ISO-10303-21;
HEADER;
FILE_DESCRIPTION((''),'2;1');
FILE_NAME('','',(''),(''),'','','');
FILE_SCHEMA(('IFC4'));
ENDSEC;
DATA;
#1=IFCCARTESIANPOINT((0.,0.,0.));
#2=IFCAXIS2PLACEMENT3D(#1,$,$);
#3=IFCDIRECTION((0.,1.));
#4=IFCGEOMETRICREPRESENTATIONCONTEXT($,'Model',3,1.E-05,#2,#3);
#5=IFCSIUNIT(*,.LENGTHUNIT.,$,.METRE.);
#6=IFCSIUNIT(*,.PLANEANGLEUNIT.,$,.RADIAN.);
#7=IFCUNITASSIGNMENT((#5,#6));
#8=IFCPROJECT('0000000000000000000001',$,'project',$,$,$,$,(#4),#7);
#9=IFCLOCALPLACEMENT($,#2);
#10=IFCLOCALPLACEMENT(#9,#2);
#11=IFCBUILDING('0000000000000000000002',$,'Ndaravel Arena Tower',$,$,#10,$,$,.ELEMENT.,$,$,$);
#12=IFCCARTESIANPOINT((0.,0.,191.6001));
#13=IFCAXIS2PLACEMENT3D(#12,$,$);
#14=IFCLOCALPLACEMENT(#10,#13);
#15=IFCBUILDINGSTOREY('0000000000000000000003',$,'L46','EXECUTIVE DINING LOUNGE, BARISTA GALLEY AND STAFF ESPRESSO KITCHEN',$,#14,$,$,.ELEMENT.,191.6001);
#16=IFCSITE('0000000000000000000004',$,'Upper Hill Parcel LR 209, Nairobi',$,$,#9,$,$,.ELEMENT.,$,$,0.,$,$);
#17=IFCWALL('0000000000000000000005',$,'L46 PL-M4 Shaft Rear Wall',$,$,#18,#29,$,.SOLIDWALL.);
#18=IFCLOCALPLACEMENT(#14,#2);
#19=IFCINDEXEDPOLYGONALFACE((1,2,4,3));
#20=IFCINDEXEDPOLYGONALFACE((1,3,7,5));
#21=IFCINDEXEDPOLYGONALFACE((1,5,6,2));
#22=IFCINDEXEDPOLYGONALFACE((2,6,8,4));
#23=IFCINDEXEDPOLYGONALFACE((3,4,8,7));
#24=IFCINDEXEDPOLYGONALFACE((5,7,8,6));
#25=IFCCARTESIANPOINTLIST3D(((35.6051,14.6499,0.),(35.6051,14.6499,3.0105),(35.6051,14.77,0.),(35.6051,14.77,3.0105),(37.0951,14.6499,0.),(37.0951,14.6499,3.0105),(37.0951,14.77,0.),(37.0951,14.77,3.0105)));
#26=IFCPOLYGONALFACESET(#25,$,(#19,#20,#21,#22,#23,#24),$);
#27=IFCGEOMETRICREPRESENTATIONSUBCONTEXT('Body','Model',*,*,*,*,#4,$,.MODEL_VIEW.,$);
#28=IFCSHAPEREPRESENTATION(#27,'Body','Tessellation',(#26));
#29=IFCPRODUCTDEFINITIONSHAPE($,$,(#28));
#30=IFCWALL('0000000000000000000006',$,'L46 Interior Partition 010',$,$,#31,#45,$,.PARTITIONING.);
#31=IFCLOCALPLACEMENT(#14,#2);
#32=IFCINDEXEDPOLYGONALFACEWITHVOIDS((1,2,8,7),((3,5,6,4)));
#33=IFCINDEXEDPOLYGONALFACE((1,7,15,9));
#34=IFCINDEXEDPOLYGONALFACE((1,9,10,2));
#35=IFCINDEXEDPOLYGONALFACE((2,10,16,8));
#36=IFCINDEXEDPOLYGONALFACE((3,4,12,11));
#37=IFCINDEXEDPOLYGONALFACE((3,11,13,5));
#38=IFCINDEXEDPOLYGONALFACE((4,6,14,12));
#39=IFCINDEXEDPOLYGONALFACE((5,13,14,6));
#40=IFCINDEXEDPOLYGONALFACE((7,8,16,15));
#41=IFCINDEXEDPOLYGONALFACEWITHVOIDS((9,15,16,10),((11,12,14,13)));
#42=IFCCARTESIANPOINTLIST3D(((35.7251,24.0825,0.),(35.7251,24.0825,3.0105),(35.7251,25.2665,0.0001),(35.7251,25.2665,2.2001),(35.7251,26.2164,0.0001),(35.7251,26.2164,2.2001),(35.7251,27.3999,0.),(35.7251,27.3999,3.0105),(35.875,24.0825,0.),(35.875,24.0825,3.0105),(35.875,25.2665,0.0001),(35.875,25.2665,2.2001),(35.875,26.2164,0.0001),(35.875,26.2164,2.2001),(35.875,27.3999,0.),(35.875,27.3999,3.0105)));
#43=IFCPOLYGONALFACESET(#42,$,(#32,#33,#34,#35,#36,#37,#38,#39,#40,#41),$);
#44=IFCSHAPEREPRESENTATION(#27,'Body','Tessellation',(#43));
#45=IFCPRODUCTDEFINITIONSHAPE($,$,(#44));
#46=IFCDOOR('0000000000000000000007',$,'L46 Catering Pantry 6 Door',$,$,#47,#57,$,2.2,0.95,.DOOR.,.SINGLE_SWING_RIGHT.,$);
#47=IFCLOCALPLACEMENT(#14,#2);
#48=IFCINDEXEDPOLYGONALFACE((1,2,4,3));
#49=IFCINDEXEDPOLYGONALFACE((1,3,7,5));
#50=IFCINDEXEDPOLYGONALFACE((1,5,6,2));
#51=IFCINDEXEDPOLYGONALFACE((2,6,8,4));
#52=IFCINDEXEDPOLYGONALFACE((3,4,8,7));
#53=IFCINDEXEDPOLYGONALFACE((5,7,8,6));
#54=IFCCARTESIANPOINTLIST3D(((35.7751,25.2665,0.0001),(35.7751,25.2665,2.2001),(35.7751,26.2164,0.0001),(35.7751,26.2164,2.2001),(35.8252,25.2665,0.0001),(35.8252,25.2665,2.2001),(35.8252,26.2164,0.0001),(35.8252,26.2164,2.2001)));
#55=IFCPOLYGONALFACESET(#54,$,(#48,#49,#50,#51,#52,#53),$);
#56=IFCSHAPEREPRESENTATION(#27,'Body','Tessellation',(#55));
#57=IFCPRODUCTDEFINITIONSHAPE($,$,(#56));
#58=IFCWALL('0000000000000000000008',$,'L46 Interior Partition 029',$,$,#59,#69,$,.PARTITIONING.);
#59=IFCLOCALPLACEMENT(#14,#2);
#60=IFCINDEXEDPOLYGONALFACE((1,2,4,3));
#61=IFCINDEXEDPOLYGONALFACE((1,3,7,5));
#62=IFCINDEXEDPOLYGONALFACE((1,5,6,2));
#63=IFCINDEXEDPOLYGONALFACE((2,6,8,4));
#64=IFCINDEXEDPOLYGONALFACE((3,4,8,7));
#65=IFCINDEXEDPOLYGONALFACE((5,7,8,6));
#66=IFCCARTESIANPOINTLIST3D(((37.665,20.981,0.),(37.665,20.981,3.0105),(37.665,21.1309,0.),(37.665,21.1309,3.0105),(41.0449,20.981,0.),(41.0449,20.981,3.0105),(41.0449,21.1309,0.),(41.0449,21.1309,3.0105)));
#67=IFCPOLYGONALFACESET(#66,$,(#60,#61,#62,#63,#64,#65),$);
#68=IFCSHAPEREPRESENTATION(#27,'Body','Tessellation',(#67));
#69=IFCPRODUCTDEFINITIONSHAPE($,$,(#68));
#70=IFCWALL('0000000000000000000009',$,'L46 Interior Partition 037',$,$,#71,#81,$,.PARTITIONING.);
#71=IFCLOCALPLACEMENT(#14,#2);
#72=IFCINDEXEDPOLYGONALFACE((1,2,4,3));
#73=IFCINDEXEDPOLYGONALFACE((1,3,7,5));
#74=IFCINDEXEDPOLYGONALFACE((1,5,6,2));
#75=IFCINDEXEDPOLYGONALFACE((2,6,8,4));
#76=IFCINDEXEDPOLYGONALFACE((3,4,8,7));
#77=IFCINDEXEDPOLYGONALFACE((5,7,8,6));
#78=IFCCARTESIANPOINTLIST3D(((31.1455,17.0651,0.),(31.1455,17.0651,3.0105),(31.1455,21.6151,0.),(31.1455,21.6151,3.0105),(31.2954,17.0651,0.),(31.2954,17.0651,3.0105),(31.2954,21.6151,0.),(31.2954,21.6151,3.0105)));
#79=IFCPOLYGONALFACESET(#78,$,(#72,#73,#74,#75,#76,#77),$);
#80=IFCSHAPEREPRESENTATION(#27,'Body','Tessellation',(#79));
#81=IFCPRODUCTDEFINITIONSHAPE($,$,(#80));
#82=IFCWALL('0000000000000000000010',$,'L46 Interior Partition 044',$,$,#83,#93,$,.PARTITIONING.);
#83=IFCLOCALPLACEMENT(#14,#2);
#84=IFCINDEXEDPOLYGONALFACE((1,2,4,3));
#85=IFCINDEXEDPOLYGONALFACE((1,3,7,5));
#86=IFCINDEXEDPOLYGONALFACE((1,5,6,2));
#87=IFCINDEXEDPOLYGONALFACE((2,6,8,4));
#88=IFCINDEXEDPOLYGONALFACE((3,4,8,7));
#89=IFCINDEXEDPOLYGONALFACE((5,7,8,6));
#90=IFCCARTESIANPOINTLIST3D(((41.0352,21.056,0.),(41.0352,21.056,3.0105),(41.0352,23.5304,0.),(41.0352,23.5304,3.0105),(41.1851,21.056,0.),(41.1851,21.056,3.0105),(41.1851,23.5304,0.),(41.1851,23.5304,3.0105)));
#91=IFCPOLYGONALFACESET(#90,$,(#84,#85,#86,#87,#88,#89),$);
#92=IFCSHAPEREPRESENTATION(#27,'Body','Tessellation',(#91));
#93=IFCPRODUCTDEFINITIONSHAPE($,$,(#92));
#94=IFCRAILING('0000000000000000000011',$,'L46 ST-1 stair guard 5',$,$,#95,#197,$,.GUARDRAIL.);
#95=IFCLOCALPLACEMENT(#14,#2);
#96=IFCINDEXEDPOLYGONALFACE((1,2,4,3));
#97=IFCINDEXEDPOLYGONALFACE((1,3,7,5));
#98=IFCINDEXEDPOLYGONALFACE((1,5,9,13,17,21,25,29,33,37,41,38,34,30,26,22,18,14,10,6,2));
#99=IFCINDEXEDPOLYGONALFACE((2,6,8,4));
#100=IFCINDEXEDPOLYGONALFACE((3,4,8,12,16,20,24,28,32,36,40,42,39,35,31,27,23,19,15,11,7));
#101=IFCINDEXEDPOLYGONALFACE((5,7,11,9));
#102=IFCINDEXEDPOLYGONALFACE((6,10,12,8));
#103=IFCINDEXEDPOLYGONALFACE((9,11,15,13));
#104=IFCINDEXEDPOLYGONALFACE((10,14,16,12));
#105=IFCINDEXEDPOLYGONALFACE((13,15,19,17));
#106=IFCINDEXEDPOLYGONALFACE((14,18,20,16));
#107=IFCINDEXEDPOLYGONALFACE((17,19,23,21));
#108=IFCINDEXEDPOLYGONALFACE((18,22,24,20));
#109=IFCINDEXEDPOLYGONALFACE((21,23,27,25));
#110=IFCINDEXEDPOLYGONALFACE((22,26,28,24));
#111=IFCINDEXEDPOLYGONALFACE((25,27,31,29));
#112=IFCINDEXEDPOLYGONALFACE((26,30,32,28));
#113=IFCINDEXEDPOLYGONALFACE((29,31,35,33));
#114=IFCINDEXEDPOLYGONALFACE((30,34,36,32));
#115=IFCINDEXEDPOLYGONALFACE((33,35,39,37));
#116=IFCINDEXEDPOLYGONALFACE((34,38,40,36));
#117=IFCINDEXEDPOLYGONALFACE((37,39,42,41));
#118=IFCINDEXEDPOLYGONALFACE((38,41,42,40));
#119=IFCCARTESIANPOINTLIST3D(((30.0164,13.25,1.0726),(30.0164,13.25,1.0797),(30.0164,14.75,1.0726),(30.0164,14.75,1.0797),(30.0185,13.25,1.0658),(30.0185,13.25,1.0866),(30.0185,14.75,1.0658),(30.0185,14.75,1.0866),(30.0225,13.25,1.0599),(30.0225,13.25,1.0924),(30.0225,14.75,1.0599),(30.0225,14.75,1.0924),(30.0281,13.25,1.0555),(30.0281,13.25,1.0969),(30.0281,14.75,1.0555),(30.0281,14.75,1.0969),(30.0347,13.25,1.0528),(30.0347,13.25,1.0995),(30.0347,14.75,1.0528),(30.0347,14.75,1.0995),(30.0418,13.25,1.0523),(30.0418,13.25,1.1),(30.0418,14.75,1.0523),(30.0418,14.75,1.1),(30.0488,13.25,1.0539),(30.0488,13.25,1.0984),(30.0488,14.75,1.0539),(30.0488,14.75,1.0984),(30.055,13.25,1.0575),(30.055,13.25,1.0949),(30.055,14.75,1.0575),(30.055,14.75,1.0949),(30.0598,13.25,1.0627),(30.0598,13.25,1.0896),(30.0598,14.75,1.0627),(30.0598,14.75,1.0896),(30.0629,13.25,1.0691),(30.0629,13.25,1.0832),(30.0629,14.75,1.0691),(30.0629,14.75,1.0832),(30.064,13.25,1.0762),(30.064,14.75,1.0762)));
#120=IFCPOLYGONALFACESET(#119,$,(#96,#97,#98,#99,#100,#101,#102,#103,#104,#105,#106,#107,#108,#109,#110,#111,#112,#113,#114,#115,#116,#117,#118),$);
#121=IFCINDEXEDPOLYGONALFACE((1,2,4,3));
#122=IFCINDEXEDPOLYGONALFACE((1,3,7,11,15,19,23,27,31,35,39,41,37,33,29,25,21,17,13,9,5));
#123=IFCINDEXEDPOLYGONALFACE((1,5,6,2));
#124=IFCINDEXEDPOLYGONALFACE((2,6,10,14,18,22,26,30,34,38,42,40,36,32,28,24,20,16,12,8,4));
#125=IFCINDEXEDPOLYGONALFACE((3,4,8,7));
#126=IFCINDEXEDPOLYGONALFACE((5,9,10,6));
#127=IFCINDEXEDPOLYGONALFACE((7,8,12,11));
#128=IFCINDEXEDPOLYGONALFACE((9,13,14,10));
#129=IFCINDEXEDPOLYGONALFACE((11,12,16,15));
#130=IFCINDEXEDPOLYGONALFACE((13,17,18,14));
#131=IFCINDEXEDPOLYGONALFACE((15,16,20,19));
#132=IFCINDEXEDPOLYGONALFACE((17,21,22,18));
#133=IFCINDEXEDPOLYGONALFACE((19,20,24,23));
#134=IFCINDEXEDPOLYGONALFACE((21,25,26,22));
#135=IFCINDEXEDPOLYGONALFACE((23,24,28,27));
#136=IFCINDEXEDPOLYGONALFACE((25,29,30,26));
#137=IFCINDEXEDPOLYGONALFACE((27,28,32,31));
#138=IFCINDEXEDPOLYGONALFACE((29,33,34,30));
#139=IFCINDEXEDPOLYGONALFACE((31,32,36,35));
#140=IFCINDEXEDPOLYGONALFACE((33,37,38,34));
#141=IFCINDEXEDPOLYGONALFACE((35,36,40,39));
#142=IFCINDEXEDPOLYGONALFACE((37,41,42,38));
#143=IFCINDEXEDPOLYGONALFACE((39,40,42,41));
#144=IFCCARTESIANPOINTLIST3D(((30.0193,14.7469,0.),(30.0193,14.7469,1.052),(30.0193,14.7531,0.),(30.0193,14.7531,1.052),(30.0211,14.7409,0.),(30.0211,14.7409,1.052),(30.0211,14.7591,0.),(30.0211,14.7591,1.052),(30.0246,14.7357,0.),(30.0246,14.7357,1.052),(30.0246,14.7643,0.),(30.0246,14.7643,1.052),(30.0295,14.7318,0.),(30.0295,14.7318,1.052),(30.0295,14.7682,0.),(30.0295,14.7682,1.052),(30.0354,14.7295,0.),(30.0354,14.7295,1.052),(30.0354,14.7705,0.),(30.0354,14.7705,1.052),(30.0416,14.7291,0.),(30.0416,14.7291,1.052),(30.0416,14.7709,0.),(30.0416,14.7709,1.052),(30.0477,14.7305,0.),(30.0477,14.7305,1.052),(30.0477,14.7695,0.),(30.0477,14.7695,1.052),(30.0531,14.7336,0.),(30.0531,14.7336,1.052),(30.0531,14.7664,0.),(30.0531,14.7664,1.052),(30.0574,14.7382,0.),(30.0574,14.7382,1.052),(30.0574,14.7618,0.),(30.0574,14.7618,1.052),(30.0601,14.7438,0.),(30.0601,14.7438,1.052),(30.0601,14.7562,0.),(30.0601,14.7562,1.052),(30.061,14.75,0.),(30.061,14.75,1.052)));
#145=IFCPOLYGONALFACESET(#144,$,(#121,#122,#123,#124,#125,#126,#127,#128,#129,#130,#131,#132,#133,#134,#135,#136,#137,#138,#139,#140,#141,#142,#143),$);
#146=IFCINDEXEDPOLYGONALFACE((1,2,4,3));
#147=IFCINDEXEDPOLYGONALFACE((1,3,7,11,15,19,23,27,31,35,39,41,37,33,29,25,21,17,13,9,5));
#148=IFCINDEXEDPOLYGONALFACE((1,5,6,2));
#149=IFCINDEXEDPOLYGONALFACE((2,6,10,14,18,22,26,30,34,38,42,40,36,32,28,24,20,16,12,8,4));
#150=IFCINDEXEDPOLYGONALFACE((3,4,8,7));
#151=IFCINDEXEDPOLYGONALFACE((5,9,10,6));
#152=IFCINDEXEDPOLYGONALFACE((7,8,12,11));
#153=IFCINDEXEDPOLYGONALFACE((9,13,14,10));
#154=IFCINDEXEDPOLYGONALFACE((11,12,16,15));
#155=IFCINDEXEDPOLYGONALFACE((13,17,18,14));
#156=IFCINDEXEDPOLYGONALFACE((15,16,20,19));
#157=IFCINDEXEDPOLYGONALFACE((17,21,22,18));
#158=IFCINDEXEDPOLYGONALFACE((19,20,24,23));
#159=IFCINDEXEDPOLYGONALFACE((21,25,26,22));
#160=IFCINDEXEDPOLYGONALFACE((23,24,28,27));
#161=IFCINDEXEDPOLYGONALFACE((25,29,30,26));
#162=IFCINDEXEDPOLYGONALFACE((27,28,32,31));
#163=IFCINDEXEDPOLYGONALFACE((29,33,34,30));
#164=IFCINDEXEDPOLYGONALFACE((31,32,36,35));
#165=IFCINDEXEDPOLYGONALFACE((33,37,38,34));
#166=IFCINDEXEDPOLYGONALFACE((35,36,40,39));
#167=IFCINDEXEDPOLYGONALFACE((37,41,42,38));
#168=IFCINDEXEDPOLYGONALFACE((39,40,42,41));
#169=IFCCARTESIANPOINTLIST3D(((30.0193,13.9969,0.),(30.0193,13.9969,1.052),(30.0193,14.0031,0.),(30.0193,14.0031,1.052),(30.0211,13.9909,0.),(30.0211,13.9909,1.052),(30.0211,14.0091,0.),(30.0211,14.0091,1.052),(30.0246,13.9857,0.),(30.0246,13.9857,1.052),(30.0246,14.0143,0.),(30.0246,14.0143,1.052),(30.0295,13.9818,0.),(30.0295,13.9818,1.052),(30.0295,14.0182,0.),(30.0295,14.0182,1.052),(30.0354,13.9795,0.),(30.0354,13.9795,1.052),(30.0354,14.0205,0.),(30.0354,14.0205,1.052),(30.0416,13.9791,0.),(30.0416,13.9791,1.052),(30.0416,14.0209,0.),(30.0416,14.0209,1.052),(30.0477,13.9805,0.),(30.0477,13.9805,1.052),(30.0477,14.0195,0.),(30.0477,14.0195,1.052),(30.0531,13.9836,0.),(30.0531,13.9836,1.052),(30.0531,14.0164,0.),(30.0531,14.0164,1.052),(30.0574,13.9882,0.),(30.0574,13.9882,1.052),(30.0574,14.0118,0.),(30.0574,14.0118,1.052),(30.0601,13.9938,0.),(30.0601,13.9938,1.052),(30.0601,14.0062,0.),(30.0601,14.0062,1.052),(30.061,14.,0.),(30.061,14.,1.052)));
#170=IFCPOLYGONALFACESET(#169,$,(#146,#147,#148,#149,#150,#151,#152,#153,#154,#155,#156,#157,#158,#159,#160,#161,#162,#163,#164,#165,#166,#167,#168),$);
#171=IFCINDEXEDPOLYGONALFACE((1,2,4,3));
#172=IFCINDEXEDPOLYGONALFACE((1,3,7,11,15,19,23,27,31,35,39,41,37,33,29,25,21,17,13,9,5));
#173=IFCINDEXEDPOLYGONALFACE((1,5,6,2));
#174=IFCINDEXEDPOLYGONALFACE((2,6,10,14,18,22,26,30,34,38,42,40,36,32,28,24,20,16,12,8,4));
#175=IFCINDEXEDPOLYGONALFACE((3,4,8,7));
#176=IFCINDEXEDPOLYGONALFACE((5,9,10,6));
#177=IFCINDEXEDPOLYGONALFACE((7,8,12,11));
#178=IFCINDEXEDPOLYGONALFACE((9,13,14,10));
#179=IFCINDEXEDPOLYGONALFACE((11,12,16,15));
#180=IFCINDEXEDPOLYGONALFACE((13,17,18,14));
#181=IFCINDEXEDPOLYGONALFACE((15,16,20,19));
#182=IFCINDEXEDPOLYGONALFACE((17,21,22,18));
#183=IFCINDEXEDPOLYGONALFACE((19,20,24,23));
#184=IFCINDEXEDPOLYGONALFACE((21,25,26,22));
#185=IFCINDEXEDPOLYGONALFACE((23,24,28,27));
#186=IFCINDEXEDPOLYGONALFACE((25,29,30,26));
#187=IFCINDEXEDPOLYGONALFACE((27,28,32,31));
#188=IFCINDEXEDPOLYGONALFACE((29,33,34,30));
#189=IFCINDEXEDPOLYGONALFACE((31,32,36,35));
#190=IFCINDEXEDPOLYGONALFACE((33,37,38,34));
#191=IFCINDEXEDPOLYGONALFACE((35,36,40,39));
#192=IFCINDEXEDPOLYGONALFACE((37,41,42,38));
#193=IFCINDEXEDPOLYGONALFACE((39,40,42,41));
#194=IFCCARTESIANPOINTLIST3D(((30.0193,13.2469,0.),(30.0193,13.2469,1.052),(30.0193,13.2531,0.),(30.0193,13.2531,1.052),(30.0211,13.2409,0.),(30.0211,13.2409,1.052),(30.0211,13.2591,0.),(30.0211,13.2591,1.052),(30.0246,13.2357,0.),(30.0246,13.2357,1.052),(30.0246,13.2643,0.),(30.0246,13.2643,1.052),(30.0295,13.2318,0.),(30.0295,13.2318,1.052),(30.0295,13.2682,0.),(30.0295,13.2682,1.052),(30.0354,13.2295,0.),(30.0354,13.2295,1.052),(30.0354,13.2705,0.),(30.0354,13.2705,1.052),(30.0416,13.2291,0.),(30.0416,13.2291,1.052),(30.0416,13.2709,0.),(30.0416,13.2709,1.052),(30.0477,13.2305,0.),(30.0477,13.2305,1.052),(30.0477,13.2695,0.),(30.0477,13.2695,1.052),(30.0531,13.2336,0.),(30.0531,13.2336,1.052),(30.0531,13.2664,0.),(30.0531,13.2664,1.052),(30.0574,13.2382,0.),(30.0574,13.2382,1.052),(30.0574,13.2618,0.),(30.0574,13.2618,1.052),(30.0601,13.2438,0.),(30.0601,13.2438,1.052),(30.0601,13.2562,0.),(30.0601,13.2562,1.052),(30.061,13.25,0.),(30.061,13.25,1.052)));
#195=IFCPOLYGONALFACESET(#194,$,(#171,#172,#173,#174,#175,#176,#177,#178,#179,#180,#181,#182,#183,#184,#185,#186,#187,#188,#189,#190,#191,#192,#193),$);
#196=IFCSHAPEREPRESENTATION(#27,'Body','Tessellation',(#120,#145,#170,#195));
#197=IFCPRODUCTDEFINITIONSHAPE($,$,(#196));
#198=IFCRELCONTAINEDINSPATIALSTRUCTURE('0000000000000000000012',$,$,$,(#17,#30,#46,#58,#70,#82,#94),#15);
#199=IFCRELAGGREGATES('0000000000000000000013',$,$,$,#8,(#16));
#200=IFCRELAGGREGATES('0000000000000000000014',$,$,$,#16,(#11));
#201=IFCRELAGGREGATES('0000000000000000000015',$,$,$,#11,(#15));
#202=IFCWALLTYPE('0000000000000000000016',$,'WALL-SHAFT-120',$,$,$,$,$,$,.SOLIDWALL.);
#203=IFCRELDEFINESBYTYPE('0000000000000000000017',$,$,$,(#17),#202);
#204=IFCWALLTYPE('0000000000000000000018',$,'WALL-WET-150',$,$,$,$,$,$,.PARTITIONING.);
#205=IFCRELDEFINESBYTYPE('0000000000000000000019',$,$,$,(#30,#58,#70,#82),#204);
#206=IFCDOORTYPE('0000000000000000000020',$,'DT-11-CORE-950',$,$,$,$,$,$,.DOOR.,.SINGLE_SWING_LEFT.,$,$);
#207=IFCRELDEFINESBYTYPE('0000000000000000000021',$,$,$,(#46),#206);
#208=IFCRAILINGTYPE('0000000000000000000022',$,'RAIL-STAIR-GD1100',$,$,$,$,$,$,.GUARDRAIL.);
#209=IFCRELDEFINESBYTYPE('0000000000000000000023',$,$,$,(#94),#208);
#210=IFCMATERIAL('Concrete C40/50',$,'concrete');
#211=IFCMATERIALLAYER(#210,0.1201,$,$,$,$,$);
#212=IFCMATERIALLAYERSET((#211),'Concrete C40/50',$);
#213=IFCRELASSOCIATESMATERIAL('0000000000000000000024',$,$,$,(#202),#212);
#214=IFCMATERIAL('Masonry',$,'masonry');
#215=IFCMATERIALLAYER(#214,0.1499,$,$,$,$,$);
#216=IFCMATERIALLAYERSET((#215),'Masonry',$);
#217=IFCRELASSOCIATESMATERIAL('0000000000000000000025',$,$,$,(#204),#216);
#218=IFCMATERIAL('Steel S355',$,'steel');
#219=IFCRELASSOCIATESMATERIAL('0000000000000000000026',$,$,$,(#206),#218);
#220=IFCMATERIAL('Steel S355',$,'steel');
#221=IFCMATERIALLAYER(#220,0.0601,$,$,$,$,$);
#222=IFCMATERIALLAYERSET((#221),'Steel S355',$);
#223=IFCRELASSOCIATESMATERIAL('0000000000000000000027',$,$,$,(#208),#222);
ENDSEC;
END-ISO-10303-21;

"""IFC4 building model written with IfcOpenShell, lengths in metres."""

from ifc_helpers import new_model, si_unit, direction, frame, frame_2d, origin, origin_2d, place, context, subcontext, project, spatial, rectangle, circle, extrude, material, layer, layer_set, type_object, element, fill, save


model = new_model("IFC4")

# Units and contexts
model_context = context("Model", 3, precision=1e-05, world=origin(), true_north=direction((0.0, 1.0)))
body_context = subcontext(model_context, "Body", "Model", "MODEL_VIEW")
ifc_project = project(units=[si_unit("LENGTHUNIT", "METRE"), si_unit("PLANEANGLEUNIT", "RADIAN")], contexts=[model_context])

# Site, building, storey
site_placement = place(None, origin())
site = spatial("IfcSite", under=ifc_project, at=site_placement, Name="Upper Hill Parcel LR 209, Nairobi", CompositionType="ELEMENT", RefElevation=0.0)
building_placement = place(site_placement, origin())
building = spatial("IfcBuilding", under=site, at=building_placement, Name="Ndaravel Arena Tower", CompositionType="ELEMENT")
storey_placement = place(building_placement, frame((0.0, 0.0, 191.6001)))
storey = spatial("IfcBuildingStorey", under=building, at=storey_placement, Name="L46", Description="EXECUTIVE DINING LOUNGE, BARISTA GALLEY AND STAFF ESPRESSO KITCHEN", CompositionType="ELEMENT", Elevation=191.6001)

# Wall
ifc_material_1 = material(Name="Concrete C40/50", Category="concrete")
ifc_layer_1 = layer(ifc_material_1, 0.1201)
ifc_layer_set_1 = layer_set([ifc_layer_1], Name="Concrete C40/50")
wall_type_1 = type_object("IfcWallType", Name="WALL-SHAFT-120", PredefinedType="SOLIDWALL", material=ifc_layer_set_1)
wall_1_placement = place(storey_placement, frame((35.605, 14.71, 0.0), z_axis=(0.0, 0.0, 1.0), x_axis=(1.0, 0.0, 0.0)))
element("IfcWall", 1, at=wall_1_placement, inside=storey, type_object=wall_type_1, Name="L46 PL-M4 Shaft Rear Wall", PredefinedType="SOLIDWALL", context=body_context, shape_type="SweptSolid", body=[
    extrude(rectangle(XDim=1.49, YDim=0.1201, at=frame_2d((0.7451, 0.0))), origin(), (0.0, 0.0, 1.0), 3.0105),
])

# Wall, opening, door
ifc_material_2 = material(Name="Masonry", Category="masonry")
ifc_layer_2 = layer(ifc_material_2, 0.1499)
ifc_layer_set_2 = layer_set([ifc_layer_2], Name="Masonry")
wall_type_2 = type_object("IfcWallType", Name="WALL-WET-150", PredefinedType="PARTITIONING", material=ifc_layer_set_2)
wall_2_placement = place(storey_placement, frame((35.8, 24.0825, 0.0), z_axis=(0.0, 0.0, 1.0), x_axis=(0.0, 1.0, 0.0)))
wall_2 = element("IfcWall", 2, at=wall_2_placement, inside=storey, type_object=wall_type_2, Name="L46 Interior Partition 010", PredefinedType="PARTITIONING", context=body_context, shape_type="SweptSolid", body=[
    extrude(rectangle(XDim=3.3174, YDim=0.1499, at=frame_2d((1.6587, 0.0))), origin(), (0.0, 0.0, 1.0), 3.0105),
])
opening_1_placement = place(wall_2_placement, frame((1.1838, 0.0, 0.0)))
opening_1 = element("IfcOpeningElement", 3, at=opening_1_placement, cuts=wall_2, PredefinedType="OPENING", context=body_context, shape_type="SweptSolid", body=[
    extrude(rectangle(XDim=0.95, YDim=2.2, at=frame_2d((0.4751, 1.1001))), frame((0.0, 0.075, 0.0), z_axis=(0.0, -1.0, 0.0), x_axis=(1.0, 0.0, 0.0)), (0.0, 0.0, 1.0), 0.1499),
])
ifc_material_3 = material(Name="Steel S355", Category="steel")
door_type_1 = type_object("IfcDoorType", Name="DT-11-CORE-950", OperationType="SINGLE_SWING_LEFT", PredefinedType="DOOR", material=ifc_material_3)
door_1_placement = place(opening_1_placement, origin())
door_1 = element("IfcDoor", 4, at=door_1_placement, inside=storey, type_object=door_type_1, Name="L46 Catering Pantry 6 Door", OperationType="SINGLE_SWING_RIGHT", OverallHeight=2.2, OverallWidth=0.95, PredefinedType="DOOR", context=body_context, shape_type="SweptSolid", body=[
    extrude(rectangle(XDim=0.95, YDim=2.2, at=frame_2d((0.4751, 1.1001))), frame((0.0, 0.0249, 0.0), z_axis=(0.0, -1.0, 0.0), x_axis=(1.0, 0.0, 0.0)), (0.0, 0.0, 1.0), 0.05),
])
fill(opening_1, door_1)

# Walls
wall_3_placement = place(storey_placement, frame((37.665, 21.0559, 0.0), z_axis=(0.0, 0.0, 1.0), x_axis=(1.0, 0.0, 0.0)))
element("IfcWall", 5, at=wall_3_placement, inside=storey, type_object=wall_type_2, Name="L46 Interior Partition 029", PredefinedType="PARTITIONING", context=body_context, shape_type="SweptSolid", body=[
    extrude(rectangle(XDim=3.3799, YDim=0.1499, at=frame_2d((1.6899, 0.0))), origin(), (0.0, 0.0, 1.0), 3.0105),
])
wall_4_placement = place(storey_placement, frame((31.2205, 21.615, 0.0), z_axis=(0.0, 0.0, 1.0), x_axis=(0.0, -1.0, 0.0)))
element("IfcWall", 6, at=wall_4_placement, inside=storey, type_object=wall_type_2, Name="L46 Interior Partition 037", PredefinedType="PARTITIONING", context=body_context, shape_type="SweptSolid", body=[
    extrude(rectangle(XDim=4.55, YDim=0.1499, at=frame_2d((2.2749, 0.0))), origin(), (0.0, 0.0, 1.0), 3.0105),
])
wall_5_placement = place(storey_placement, frame((41.1101, 21.0559, 0.0), z_axis=(0.0, 0.0, 1.0), x_axis=(0.0, 1.0, 0.0)))
element("IfcWall", 7, at=wall_5_placement, inside=storey, type_object=wall_type_2, Name="L46 Interior Partition 044", PredefinedType="PARTITIONING", context=body_context, shape_type="SweptSolid", body=[
    extrude(rectangle(XDim=2.4744, YDim=0.1499, at=frame_2d((1.2373, 0.0))), origin(), (0.0, 0.0, 1.0), 3.0105),
])

# Railing
ifc_material_4 = material(Name="Steel S355", Category="steel")
ifc_layer_3 = layer(ifc_material_4, 0.0601)
ifc_layer_set_3 = layer_set([ifc_layer_3], Name="Steel S355")
railing_type = type_object("IfcRailingType", Name="RAIL-STAIR-GD1100", PredefinedType="GUARDRAIL", material=ifc_layer_set_3)
railing_placement = place(storey_placement, frame((30.04, 14.75, 0.0)))
element("IfcRailing", 8, at=railing_placement, inside=storey, type_object=railing_type, Name="L46 ST-1 stair guard 5", PredefinedType="GUARDRAIL", context=body_context, shape_type="SweptSolid", body=[
    extrude(circle(Radius=0.0239, at=origin_2d()), frame((0.0, 0.0, 1.0762), z_axis=(0.0, -1.0, 0.0), x_axis=(1.0, 0.0, 0.0)), (0.0, 0.0, 1.0), 1.5),
    extrude(circle(Radius=0.021, at=origin_2d()), origin(), (0.0, 0.0, 1.0), 1.052),
    extrude(circle(Radius=0.021, at=origin_2d()), frame((0.0, -0.75, 0.0)), (0.0, 0.0, 1.0), 1.052),
    extrude(circle(Radius=0.021, at=origin_2d()), frame((0.0, -1.5, 0.0)), (0.0, 0.0, 1.0), 1.052),
])

save(model, "model.ifc")
